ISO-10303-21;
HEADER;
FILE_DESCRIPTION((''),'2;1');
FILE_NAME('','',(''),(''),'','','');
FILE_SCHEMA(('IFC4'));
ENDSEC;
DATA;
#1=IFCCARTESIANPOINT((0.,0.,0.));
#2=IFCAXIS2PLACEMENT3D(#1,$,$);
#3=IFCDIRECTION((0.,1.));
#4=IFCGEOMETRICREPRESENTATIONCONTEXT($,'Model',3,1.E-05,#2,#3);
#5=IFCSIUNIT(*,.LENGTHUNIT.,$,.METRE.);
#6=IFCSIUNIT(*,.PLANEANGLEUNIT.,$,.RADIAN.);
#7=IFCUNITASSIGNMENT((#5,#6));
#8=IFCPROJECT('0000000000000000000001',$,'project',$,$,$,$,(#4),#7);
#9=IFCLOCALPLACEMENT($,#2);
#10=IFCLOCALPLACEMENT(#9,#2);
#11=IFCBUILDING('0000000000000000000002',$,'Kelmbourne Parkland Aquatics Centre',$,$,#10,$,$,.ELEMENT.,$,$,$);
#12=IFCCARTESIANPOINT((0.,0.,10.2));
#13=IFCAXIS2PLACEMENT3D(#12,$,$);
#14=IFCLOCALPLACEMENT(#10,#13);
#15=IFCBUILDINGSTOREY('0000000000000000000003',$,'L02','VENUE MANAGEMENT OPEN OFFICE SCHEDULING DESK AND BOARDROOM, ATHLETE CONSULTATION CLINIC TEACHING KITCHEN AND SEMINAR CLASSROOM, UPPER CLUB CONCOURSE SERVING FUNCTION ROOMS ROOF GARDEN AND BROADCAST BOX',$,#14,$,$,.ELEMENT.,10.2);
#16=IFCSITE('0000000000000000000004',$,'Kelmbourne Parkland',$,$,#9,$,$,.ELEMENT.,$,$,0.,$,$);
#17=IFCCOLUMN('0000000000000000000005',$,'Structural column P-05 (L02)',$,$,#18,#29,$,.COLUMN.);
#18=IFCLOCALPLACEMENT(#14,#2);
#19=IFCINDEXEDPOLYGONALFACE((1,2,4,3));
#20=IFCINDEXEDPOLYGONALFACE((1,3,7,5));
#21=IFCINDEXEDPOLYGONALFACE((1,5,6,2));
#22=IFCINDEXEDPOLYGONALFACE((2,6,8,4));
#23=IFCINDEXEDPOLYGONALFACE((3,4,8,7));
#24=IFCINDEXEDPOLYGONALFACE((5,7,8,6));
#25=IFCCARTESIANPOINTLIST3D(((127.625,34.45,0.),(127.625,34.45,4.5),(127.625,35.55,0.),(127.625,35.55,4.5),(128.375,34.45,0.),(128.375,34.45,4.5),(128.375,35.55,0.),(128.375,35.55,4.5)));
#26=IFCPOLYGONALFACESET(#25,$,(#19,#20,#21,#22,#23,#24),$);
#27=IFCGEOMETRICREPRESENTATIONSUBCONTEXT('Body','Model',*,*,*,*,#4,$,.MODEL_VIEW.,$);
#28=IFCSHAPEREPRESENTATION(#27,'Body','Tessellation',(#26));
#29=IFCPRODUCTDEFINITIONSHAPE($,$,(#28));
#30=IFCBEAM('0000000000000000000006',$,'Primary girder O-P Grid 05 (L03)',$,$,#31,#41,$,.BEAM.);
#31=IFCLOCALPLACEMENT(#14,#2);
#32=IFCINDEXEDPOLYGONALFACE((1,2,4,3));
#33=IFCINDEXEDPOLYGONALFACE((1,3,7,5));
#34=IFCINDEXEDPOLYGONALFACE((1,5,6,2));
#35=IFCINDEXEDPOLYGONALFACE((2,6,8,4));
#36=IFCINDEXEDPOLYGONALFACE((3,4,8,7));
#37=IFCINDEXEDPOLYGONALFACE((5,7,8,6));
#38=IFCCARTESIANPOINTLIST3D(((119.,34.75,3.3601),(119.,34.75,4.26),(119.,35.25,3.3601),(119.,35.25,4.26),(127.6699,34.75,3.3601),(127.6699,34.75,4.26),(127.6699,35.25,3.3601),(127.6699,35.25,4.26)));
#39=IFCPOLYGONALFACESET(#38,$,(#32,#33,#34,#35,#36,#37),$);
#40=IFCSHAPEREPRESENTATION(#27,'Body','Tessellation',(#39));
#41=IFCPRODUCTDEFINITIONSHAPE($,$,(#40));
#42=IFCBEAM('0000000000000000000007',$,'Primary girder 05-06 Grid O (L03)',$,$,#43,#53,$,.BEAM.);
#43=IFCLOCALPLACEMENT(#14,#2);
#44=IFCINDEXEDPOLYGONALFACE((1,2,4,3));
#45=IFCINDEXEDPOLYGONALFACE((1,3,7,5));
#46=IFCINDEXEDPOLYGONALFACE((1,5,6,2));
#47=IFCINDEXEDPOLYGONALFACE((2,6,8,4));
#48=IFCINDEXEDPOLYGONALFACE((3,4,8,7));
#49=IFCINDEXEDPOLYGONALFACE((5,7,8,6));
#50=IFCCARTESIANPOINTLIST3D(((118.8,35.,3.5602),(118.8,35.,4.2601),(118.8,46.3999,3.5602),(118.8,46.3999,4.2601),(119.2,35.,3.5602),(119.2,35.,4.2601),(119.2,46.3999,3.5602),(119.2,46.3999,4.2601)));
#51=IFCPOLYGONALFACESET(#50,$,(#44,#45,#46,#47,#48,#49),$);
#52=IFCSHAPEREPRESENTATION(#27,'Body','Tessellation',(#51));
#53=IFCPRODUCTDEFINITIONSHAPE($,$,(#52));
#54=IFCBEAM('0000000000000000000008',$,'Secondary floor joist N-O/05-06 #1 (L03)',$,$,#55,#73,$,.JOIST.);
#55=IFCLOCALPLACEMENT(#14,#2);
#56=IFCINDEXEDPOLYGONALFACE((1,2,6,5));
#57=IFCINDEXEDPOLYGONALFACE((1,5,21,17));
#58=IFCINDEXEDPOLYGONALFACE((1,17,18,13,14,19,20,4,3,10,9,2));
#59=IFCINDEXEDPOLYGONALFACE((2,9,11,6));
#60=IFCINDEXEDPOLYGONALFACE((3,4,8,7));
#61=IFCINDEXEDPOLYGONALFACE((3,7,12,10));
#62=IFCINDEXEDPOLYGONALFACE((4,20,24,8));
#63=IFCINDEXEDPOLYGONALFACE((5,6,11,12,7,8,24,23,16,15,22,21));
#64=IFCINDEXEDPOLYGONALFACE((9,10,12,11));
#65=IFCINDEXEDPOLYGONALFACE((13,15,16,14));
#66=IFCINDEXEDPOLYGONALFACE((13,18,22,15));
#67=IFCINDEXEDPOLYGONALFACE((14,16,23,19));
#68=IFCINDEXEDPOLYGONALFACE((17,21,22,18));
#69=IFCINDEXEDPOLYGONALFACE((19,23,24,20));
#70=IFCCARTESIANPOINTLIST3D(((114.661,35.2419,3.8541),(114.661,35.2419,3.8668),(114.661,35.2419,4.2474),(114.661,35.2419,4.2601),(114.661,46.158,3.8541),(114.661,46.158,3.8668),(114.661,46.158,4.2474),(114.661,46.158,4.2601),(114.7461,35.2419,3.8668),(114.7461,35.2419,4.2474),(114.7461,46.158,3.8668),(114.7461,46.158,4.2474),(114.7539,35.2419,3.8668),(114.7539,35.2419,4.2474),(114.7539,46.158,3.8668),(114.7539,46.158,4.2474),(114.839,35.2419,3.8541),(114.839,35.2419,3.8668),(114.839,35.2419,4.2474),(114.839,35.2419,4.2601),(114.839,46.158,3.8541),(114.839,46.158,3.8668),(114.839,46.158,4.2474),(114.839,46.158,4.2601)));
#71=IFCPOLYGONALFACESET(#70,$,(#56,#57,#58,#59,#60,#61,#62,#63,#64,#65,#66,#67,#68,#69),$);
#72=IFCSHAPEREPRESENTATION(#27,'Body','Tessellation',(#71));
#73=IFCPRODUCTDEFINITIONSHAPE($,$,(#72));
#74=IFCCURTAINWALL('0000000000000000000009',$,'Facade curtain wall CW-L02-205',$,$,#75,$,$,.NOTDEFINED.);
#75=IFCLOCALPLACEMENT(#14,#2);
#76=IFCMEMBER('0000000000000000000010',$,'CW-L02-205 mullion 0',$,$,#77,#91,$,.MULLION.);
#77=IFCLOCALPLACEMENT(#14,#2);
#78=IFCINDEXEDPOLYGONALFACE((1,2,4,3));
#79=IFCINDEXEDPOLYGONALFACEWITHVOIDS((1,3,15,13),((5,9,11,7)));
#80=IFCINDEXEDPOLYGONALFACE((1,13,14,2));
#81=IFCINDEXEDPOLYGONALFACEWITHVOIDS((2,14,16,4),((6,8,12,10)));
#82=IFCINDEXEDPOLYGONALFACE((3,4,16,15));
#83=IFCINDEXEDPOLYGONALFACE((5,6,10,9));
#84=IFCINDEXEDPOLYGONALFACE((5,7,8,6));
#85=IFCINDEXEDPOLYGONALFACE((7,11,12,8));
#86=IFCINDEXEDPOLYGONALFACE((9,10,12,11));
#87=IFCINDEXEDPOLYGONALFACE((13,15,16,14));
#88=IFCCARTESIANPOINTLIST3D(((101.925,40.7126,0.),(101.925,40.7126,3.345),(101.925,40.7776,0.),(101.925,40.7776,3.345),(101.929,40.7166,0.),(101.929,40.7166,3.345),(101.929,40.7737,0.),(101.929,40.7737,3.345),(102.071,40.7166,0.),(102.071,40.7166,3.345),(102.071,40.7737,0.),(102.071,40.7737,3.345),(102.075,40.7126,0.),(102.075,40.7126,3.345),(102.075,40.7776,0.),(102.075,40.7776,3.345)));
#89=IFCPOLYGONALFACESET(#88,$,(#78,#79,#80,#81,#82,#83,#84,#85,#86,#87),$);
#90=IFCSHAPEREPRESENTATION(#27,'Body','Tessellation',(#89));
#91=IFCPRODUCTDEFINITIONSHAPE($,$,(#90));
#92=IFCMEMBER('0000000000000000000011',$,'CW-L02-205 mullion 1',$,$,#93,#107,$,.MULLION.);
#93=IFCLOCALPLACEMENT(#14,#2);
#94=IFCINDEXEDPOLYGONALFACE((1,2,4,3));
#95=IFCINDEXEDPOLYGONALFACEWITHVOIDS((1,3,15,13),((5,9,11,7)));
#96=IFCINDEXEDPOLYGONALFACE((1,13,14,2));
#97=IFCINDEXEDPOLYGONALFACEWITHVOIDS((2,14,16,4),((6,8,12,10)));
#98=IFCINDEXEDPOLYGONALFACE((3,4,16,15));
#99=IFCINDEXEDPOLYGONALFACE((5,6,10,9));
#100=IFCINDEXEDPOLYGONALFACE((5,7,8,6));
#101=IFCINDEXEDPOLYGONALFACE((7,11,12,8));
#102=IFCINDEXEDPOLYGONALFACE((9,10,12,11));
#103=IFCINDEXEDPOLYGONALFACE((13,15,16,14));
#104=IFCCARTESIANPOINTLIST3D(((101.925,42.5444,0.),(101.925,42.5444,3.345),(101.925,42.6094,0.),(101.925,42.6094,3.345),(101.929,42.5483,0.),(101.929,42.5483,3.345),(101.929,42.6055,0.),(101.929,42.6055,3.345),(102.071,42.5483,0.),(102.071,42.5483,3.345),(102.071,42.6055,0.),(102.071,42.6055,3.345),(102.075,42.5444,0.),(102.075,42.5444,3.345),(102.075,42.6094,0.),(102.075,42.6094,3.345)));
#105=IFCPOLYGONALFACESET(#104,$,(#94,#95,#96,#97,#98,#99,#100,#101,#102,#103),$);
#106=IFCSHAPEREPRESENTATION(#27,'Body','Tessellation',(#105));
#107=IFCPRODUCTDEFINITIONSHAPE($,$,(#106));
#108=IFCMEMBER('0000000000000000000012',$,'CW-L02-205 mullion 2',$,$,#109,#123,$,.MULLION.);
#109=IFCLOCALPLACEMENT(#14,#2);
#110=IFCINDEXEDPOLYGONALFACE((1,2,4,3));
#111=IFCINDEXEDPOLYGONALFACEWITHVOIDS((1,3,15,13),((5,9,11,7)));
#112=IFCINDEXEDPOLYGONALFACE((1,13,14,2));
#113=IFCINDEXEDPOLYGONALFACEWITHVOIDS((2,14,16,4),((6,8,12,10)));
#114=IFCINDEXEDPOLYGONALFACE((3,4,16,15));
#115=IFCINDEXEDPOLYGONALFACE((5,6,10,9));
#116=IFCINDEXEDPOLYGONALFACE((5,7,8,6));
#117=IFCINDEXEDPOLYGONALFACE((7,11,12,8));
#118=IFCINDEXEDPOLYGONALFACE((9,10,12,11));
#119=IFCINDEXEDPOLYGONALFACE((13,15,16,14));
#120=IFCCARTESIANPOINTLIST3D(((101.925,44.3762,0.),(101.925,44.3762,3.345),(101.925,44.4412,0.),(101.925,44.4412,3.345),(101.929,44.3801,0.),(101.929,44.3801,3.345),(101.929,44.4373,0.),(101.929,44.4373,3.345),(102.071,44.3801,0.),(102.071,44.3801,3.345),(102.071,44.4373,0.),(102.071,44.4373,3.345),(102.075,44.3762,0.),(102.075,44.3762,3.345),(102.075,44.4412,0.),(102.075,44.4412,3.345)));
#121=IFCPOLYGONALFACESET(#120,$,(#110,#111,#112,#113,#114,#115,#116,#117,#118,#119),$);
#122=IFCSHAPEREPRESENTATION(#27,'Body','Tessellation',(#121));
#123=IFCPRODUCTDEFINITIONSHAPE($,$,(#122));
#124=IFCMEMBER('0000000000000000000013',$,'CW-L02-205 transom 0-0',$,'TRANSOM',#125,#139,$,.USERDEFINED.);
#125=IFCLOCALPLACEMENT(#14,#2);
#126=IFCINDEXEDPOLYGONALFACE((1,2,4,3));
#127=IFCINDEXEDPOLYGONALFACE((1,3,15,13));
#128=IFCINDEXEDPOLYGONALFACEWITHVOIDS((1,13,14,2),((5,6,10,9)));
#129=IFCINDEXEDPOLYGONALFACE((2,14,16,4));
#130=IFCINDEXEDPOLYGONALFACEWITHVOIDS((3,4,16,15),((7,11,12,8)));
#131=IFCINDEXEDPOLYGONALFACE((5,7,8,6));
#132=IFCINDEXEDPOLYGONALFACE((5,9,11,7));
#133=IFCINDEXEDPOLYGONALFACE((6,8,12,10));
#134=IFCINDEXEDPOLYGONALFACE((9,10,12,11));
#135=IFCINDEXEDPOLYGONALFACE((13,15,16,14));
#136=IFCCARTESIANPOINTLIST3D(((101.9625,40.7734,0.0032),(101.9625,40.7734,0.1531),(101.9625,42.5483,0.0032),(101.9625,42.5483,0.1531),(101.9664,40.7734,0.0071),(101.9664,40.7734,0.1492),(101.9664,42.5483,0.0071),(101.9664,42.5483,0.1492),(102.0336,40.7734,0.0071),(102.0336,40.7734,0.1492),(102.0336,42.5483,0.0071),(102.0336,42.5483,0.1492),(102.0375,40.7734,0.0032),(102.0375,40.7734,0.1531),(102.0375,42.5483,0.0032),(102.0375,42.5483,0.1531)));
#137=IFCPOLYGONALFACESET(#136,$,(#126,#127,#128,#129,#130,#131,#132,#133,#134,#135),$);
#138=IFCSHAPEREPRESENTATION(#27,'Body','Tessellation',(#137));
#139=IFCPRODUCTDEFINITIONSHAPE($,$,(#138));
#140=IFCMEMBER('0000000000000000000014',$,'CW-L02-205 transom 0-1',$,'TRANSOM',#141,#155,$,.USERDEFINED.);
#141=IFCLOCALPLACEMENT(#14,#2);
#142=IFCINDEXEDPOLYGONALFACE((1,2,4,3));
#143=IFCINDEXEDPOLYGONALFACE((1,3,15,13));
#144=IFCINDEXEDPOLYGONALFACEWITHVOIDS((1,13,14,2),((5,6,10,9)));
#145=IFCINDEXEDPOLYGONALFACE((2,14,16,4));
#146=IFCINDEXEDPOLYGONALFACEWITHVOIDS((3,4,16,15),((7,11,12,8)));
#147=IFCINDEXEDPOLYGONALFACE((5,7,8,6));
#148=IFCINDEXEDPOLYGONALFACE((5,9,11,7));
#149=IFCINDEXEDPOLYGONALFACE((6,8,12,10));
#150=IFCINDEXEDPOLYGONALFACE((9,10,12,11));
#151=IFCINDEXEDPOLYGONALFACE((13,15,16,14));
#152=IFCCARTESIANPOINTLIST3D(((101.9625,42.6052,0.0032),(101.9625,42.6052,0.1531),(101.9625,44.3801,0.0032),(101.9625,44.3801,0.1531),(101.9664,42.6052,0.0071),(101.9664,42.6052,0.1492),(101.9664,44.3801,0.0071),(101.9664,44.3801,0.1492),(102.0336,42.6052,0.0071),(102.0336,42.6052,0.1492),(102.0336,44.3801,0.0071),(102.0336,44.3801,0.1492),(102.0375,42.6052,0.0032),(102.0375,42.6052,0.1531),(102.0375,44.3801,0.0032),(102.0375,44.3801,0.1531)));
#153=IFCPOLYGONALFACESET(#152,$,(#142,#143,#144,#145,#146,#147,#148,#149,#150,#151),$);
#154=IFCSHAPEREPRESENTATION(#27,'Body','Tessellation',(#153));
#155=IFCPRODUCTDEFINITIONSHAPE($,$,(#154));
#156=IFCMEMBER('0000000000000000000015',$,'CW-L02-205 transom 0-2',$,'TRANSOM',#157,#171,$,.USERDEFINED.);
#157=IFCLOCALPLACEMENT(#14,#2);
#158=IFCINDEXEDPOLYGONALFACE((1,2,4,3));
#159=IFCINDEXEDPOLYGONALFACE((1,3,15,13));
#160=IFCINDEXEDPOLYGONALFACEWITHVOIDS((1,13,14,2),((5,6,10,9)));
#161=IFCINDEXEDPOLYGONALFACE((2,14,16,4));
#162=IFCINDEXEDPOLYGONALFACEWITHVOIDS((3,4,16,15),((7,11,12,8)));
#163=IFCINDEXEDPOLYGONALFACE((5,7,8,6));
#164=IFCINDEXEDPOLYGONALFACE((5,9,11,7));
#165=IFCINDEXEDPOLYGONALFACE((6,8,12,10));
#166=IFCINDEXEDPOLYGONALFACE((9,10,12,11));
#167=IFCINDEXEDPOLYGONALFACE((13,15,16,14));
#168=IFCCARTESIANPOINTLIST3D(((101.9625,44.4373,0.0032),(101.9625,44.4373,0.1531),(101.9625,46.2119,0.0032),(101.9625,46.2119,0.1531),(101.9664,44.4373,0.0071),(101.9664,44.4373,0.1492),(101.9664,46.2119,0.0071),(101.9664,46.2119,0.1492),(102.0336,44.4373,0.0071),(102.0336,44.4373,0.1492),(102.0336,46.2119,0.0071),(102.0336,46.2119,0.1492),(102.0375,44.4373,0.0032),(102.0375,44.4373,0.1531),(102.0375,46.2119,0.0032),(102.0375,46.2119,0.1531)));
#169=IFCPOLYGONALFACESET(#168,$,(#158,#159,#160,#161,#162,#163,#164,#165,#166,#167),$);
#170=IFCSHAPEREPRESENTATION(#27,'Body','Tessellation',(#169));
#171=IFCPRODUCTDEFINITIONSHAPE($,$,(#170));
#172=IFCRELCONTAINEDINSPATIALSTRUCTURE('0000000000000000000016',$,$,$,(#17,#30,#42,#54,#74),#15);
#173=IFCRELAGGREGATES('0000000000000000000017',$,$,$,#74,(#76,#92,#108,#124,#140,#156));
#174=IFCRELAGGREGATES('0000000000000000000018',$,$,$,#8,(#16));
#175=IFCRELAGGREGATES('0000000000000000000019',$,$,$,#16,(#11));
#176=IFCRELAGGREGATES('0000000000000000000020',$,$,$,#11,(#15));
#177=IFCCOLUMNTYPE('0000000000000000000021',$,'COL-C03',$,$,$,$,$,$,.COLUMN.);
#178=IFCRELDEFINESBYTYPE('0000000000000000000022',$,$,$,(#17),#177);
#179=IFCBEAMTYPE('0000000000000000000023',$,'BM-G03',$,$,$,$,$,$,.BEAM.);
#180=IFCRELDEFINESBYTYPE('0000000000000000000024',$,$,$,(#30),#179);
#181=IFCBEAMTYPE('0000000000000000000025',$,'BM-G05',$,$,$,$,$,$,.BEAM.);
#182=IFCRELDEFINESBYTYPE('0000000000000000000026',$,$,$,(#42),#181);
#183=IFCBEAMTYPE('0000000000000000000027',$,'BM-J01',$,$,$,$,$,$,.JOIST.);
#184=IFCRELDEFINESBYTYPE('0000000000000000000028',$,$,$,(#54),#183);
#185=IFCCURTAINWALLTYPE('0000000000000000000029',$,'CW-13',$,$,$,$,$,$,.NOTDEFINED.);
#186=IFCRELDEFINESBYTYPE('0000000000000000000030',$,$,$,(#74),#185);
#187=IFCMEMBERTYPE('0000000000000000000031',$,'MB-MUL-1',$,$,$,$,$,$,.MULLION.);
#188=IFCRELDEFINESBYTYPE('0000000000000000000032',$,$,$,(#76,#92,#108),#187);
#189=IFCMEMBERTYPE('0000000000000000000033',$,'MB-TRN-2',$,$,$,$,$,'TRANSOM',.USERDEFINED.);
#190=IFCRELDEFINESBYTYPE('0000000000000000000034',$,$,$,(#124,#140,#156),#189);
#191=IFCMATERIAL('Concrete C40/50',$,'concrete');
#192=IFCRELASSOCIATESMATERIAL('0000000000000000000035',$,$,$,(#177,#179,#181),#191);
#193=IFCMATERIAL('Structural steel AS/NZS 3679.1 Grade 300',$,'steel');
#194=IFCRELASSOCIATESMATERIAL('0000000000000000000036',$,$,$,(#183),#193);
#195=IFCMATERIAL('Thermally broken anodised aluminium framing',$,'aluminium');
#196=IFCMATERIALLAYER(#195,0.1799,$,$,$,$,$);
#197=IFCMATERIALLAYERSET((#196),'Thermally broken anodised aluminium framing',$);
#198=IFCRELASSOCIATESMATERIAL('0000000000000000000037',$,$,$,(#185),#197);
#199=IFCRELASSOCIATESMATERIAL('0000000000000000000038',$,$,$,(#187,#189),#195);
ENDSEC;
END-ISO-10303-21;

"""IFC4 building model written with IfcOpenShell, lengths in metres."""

from ifc_helpers import new_model, si_unit, direction, frame, origin, origin_2d, place, context, subcontext, project, spatial, rectangle, hollow_rectangle, i_section, extrude, material, layer, layer_set, material_profile, profile_set, type_object, element, aggregate, save


model = new_model("IFC4")

# Units and contexts
model_context = context("Model", 3, precision=1e-05, world=origin(), true_north=direction((0.0, 1.0)))
body_context = subcontext(model_context, "Body", "Model", "MODEL_VIEW")
ifc_project = project(units=[si_unit("LENGTHUNIT", "METRE"), si_unit("PLANEANGLEUNIT", "RADIAN")], contexts=[model_context])

# Site, building, storey
site_placement = place(None, origin())
site = spatial("IfcSite", under=ifc_project, at=site_placement, Name="Kelmbourne Parkland", CompositionType="ELEMENT", RefElevation=0.0)
building_placement = place(site_placement, origin())
building = spatial("IfcBuilding", under=site, at=building_placement, Name="Kelmbourne Parkland Aquatics Centre", CompositionType="ELEMENT")
storey_placement = place(building_placement, frame((0.0, 0.0, 10.2)))
storey = spatial("IfcBuildingStorey", under=building, at=storey_placement, Name="L02", Description="VENUE MANAGEMENT OPEN OFFICE SCHEDULING DESK AND BOARDROOM, ATHLETE CONSULTATION CLINIC TEACHING KITCHEN AND SEMINAR CLASSROOM, UPPER CLUB CONCOURSE SERVING FUNCTION ROOMS ROOF GARDEN AND BROADCAST BOX", CompositionType="ELEMENT", Elevation=10.2)

# Column
ifc_material_1 = material(Name="Concrete C40/50", Category="concrete")
ifc_material_profile_1 = material_profile(ifc_material_1, rectangle(XDim=0.75, YDim=1.1001, at=origin_2d()), Name="RC 750x1100")
ifc_profile_set_1 = profile_set([ifc_material_profile_1], Name="Concrete C40/50")
column_type = type_object("IfcColumnType", Name="COL-C03", PredefinedType="COLUMN", material=ifc_profile_set_1)
column_placement = place(storey_placement, frame((128.0, 35.0, 0.0), z_axis=(0.0, 0.0, 1.0), x_axis=(1.0, 0.0, 0.0)))
element("IfcColumn", 1, at=column_placement, inside=storey, type_object=column_type, Name="Structural column P-05 (L02)", PredefinedType="COLUMN", context=body_context, shape_type="SweptSolid", body=[
    extrude(rectangle(XDim=0.75, YDim=1.1001, at=origin_2d()), origin(), (0.0, 0.0, 1.0), 4.5),
])

# Beams
ifc_material_profile_2 = material_profile(ifc_material_1, rectangle(XDim=0.5, YDim=0.8999, at=origin_2d()), Name="RC 500x900")
ifc_profile_set_2 = profile_set([ifc_material_profile_2], Name="Concrete C40/50")
beam_type_1 = type_object("IfcBeamType", Name="BM-G03", PredefinedType="BEAM", material=ifc_profile_set_2)
beam_1_placement = place(storey_placement, frame((119.0, 35.0, 3.8101), z_axis=(1.0, 0.0, 0.0), x_axis=(0.0, 1.0, 0.0)))
element("IfcBeam", 2, at=beam_1_placement, inside=storey, type_object=beam_type_1, Name="Primary girder O-P Grid 05 (L03)", PredefinedType="BEAM", context=body_context, shape_type="SweptSolid", body=[
    extrude(rectangle(XDim=0.5, YDim=0.8999, at=origin_2d()), origin(), (0.0, 0.0, 1.0), 8.6699),
])
ifc_material_profile_3 = material_profile(ifc_material_1, rectangle(XDim=0.3999, YDim=0.7, at=origin_2d()), Name="RC 400x700")
ifc_profile_set_3 = profile_set([ifc_material_profile_3], Name="Concrete C40/50")
beam_type_2 = type_object("IfcBeamType", Name="BM-G05", PredefinedType="BEAM", material=ifc_profile_set_3)
beam_2_placement = place(storey_placement, frame((119.0, 35.0, 3.9102), z_axis=(0.0, 1.0, 0.0), x_axis=(-1.0, 0.0, 0.0)))
element("IfcBeam", 3, at=beam_2_placement, inside=storey, type_object=beam_type_2, Name="Primary girder 05-06 Grid O (L03)", PredefinedType="BEAM", context=body_context, shape_type="SweptSolid", body=[
    extrude(rectangle(XDim=0.3999, YDim=0.7, at=origin_2d()), origin(), (0.0, 0.0, 1.0), 11.3999),
])
ifc_material_2 = material(Name="Structural steel AS/NZS 3679.1 Grade 300", Category="steel")
ifc_material_profile_4 = material_profile(ifc_material_2, i_section(OverallWidth=0.178, OverallDepth=0.406, WebThickness=0.0078, FlangeThickness=0.0127, at=origin_2d()), Name="410UB59.7")
ifc_profile_set_4 = profile_set([ifc_material_profile_4], Name="Structural steel AS/NZS 3679.1 Grade 300")
beam_type_3 = type_object("IfcBeamType", Name="BM-J01", PredefinedType="JOIST", material=ifc_profile_set_4)
beam_3_placement = place(storey_placement, frame((114.75, 35.2419, 4.0571), z_axis=(0.0, 1.0, 0.0), x_axis=(-1.0, 0.0, 0.0)))
element("IfcBeam", 4, at=beam_3_placement, inside=storey, type_object=beam_type_3, Name="Secondary floor joist N-O/05-06 #1 (L03)", PredefinedType="JOIST", context=body_context, shape_type="SweptSolid", body=[
    extrude(i_section(OverallWidth=0.178, OverallDepth=0.406, WebThickness=0.0078, FlangeThickness=0.0127, at=origin_2d()), origin(), (0.0, 0.0, 1.0), 10.916),
])

# Curtain wall, members
ifc_material_3 = material(Name="Thermally broken anodised aluminium framing", Category="aluminium")
ifc_layer_1 = layer(ifc_material_3, 0.1799)
ifc_layer_set_1 = layer_set([ifc_layer_1], Name="Thermally broken anodised aluminium framing")
curtain_wall_type = type_object("IfcCurtainWallType", Name="CW-13", PredefinedType="NOTDEFINED", material=ifc_layer_set_1)
curtain_wall_placement = place(storey_placement, origin())
curtain_wall = element("IfcCurtainWall", 5, at=curtain_wall_placement, inside=storey, type_object=curtain_wall_type, Name="Facade curtain wall CW-L02-205", PredefinedType="NOTDEFINED")
ifc_material_profile_5 = material_profile(ifc_material_3, hollow_rectangle(XDim=0.0649, YDim=0.1499, WallThickness=0.0039, at=origin_2d()), Name="CW-M 65x150")
ifc_profile_set_5 = profile_set([ifc_material_profile_5], Name="Thermally broken anodised aluminium framing")
member_type_1 = type_object("IfcMemberType", Name="MB-MUL-1", PredefinedType="MULLION", material=ifc_profile_set_5)
member_1_placement = place(storey_placement, frame((102.0, 40.7451, 0.0), z_axis=(0.0, 0.0, 1.0), x_axis=(0.0, 1.0, 0.0)))
member_1 = element("IfcMember", 6, at=member_1_placement, type_object=member_type_1, Name="CW-L02-205 mullion 0", PredefinedType="MULLION", context=body_context, shape_type="SweptSolid", body=[
    extrude(hollow_rectangle(XDim=0.0649, YDim=0.1499, WallThickness=0.0039, at=origin_2d()), origin(), (0.0, 0.0, 1.0), 3.345),
])
member_2_placement = place(storey_placement, frame((102.0, 42.5769, 0.0), z_axis=(0.0, 0.0, 1.0), x_axis=(0.0, 1.0, 0.0)))
member_2 = element("IfcMember", 7, at=member_2_placement, type_object=member_type_1, Name="CW-L02-205 mullion 1", PredefinedType="MULLION", context=body_context, shape_type="SweptSolid", body=[
    extrude(hollow_rectangle(XDim=0.0649, YDim=0.1499, WallThickness=0.0039, at=origin_2d()), origin(), (0.0, 0.0, 1.0), 3.345),
])
member_3_placement = place(storey_placement, frame((102.0, 44.4087, 0.0), z_axis=(0.0, 0.0, 1.0), x_axis=(0.0, 1.0, 0.0)))
member_3 = element("IfcMember", 8, at=member_3_placement, type_object=member_type_1, Name="CW-L02-205 mullion 2", PredefinedType="MULLION", context=body_context, shape_type="SweptSolid", body=[
    extrude(hollow_rectangle(XDim=0.0649, YDim=0.1499, WallThickness=0.0039, at=origin_2d()), origin(), (0.0, 0.0, 1.0), 3.345),
])
ifc_material_profile_6 = material_profile(ifc_material_3, hollow_rectangle(XDim=0.075, YDim=0.1499, WallThickness=0.0039, at=origin_2d()), Name="CW-T 75x150")
ifc_profile_set_6 = profile_set([ifc_material_profile_6], Name="Thermally broken anodised aluminium framing")
member_type_2 = type_object("IfcMemberType", Name="MB-TRN-2", ElementType="TRANSOM", PredefinedType="USERDEFINED", material=ifc_profile_set_6)
member_4_placement = place(storey_placement, frame((102.0, 40.7734, 0.0781), z_axis=(0.0, 1.0, 0.0), x_axis=(-1.0, 0.0, 0.0)))
member_4 = element("IfcMember", 9, at=member_4_placement, type_object=member_type_2, Name="CW-L02-205 transom 0-0", ObjectType="TRANSOM", PredefinedType="USERDEFINED", context=body_context, shape_type="SweptSolid", body=[
    extrude(hollow_rectangle(XDim=0.075, YDim=0.1499, WallThickness=0.0039, at=origin_2d()), origin(), (0.0, 0.0, 1.0), 1.7749),
])
member_5_placement = place(storey_placement, frame((102.0, 42.6052, 0.0781), z_axis=(0.0, 1.0, 0.0), x_axis=(-1.0, 0.0, 0.0)))
member_5 = element("IfcMember", 10, at=member_5_placement, type_object=member_type_2, Name="CW-L02-205 transom 0-1", ObjectType="TRANSOM", PredefinedType="USERDEFINED", context=body_context, shape_type="SweptSolid", body=[
    extrude(hollow_rectangle(XDim=0.075, YDim=0.1499, WallThickness=0.0039, at=origin_2d()), origin(), (0.0, 0.0, 1.0), 1.7749),
])
member_6_placement = place(storey_placement, frame((102.0, 44.4373, 0.0781), z_axis=(0.0, 1.0, 0.0), x_axis=(-1.0, 0.0, 0.0)))
member_6 = element("IfcMember", 11, at=member_6_placement, type_object=member_type_2, Name="CW-L02-205 transom 0-2", ObjectType="TRANSOM", PredefinedType="USERDEFINED", context=body_context, shape_type="SweptSolid", body=[
    extrude(hollow_rectangle(XDim=0.075, YDim=0.1499, WallThickness=0.0039, at=origin_2d()), origin(), (0.0, 0.0, 1.0), 1.7747),
])
aggregate(curtain_wall, [member_1, member_2, member_3, member_4, member_5, member_6])

save(model, "model.ifc")
